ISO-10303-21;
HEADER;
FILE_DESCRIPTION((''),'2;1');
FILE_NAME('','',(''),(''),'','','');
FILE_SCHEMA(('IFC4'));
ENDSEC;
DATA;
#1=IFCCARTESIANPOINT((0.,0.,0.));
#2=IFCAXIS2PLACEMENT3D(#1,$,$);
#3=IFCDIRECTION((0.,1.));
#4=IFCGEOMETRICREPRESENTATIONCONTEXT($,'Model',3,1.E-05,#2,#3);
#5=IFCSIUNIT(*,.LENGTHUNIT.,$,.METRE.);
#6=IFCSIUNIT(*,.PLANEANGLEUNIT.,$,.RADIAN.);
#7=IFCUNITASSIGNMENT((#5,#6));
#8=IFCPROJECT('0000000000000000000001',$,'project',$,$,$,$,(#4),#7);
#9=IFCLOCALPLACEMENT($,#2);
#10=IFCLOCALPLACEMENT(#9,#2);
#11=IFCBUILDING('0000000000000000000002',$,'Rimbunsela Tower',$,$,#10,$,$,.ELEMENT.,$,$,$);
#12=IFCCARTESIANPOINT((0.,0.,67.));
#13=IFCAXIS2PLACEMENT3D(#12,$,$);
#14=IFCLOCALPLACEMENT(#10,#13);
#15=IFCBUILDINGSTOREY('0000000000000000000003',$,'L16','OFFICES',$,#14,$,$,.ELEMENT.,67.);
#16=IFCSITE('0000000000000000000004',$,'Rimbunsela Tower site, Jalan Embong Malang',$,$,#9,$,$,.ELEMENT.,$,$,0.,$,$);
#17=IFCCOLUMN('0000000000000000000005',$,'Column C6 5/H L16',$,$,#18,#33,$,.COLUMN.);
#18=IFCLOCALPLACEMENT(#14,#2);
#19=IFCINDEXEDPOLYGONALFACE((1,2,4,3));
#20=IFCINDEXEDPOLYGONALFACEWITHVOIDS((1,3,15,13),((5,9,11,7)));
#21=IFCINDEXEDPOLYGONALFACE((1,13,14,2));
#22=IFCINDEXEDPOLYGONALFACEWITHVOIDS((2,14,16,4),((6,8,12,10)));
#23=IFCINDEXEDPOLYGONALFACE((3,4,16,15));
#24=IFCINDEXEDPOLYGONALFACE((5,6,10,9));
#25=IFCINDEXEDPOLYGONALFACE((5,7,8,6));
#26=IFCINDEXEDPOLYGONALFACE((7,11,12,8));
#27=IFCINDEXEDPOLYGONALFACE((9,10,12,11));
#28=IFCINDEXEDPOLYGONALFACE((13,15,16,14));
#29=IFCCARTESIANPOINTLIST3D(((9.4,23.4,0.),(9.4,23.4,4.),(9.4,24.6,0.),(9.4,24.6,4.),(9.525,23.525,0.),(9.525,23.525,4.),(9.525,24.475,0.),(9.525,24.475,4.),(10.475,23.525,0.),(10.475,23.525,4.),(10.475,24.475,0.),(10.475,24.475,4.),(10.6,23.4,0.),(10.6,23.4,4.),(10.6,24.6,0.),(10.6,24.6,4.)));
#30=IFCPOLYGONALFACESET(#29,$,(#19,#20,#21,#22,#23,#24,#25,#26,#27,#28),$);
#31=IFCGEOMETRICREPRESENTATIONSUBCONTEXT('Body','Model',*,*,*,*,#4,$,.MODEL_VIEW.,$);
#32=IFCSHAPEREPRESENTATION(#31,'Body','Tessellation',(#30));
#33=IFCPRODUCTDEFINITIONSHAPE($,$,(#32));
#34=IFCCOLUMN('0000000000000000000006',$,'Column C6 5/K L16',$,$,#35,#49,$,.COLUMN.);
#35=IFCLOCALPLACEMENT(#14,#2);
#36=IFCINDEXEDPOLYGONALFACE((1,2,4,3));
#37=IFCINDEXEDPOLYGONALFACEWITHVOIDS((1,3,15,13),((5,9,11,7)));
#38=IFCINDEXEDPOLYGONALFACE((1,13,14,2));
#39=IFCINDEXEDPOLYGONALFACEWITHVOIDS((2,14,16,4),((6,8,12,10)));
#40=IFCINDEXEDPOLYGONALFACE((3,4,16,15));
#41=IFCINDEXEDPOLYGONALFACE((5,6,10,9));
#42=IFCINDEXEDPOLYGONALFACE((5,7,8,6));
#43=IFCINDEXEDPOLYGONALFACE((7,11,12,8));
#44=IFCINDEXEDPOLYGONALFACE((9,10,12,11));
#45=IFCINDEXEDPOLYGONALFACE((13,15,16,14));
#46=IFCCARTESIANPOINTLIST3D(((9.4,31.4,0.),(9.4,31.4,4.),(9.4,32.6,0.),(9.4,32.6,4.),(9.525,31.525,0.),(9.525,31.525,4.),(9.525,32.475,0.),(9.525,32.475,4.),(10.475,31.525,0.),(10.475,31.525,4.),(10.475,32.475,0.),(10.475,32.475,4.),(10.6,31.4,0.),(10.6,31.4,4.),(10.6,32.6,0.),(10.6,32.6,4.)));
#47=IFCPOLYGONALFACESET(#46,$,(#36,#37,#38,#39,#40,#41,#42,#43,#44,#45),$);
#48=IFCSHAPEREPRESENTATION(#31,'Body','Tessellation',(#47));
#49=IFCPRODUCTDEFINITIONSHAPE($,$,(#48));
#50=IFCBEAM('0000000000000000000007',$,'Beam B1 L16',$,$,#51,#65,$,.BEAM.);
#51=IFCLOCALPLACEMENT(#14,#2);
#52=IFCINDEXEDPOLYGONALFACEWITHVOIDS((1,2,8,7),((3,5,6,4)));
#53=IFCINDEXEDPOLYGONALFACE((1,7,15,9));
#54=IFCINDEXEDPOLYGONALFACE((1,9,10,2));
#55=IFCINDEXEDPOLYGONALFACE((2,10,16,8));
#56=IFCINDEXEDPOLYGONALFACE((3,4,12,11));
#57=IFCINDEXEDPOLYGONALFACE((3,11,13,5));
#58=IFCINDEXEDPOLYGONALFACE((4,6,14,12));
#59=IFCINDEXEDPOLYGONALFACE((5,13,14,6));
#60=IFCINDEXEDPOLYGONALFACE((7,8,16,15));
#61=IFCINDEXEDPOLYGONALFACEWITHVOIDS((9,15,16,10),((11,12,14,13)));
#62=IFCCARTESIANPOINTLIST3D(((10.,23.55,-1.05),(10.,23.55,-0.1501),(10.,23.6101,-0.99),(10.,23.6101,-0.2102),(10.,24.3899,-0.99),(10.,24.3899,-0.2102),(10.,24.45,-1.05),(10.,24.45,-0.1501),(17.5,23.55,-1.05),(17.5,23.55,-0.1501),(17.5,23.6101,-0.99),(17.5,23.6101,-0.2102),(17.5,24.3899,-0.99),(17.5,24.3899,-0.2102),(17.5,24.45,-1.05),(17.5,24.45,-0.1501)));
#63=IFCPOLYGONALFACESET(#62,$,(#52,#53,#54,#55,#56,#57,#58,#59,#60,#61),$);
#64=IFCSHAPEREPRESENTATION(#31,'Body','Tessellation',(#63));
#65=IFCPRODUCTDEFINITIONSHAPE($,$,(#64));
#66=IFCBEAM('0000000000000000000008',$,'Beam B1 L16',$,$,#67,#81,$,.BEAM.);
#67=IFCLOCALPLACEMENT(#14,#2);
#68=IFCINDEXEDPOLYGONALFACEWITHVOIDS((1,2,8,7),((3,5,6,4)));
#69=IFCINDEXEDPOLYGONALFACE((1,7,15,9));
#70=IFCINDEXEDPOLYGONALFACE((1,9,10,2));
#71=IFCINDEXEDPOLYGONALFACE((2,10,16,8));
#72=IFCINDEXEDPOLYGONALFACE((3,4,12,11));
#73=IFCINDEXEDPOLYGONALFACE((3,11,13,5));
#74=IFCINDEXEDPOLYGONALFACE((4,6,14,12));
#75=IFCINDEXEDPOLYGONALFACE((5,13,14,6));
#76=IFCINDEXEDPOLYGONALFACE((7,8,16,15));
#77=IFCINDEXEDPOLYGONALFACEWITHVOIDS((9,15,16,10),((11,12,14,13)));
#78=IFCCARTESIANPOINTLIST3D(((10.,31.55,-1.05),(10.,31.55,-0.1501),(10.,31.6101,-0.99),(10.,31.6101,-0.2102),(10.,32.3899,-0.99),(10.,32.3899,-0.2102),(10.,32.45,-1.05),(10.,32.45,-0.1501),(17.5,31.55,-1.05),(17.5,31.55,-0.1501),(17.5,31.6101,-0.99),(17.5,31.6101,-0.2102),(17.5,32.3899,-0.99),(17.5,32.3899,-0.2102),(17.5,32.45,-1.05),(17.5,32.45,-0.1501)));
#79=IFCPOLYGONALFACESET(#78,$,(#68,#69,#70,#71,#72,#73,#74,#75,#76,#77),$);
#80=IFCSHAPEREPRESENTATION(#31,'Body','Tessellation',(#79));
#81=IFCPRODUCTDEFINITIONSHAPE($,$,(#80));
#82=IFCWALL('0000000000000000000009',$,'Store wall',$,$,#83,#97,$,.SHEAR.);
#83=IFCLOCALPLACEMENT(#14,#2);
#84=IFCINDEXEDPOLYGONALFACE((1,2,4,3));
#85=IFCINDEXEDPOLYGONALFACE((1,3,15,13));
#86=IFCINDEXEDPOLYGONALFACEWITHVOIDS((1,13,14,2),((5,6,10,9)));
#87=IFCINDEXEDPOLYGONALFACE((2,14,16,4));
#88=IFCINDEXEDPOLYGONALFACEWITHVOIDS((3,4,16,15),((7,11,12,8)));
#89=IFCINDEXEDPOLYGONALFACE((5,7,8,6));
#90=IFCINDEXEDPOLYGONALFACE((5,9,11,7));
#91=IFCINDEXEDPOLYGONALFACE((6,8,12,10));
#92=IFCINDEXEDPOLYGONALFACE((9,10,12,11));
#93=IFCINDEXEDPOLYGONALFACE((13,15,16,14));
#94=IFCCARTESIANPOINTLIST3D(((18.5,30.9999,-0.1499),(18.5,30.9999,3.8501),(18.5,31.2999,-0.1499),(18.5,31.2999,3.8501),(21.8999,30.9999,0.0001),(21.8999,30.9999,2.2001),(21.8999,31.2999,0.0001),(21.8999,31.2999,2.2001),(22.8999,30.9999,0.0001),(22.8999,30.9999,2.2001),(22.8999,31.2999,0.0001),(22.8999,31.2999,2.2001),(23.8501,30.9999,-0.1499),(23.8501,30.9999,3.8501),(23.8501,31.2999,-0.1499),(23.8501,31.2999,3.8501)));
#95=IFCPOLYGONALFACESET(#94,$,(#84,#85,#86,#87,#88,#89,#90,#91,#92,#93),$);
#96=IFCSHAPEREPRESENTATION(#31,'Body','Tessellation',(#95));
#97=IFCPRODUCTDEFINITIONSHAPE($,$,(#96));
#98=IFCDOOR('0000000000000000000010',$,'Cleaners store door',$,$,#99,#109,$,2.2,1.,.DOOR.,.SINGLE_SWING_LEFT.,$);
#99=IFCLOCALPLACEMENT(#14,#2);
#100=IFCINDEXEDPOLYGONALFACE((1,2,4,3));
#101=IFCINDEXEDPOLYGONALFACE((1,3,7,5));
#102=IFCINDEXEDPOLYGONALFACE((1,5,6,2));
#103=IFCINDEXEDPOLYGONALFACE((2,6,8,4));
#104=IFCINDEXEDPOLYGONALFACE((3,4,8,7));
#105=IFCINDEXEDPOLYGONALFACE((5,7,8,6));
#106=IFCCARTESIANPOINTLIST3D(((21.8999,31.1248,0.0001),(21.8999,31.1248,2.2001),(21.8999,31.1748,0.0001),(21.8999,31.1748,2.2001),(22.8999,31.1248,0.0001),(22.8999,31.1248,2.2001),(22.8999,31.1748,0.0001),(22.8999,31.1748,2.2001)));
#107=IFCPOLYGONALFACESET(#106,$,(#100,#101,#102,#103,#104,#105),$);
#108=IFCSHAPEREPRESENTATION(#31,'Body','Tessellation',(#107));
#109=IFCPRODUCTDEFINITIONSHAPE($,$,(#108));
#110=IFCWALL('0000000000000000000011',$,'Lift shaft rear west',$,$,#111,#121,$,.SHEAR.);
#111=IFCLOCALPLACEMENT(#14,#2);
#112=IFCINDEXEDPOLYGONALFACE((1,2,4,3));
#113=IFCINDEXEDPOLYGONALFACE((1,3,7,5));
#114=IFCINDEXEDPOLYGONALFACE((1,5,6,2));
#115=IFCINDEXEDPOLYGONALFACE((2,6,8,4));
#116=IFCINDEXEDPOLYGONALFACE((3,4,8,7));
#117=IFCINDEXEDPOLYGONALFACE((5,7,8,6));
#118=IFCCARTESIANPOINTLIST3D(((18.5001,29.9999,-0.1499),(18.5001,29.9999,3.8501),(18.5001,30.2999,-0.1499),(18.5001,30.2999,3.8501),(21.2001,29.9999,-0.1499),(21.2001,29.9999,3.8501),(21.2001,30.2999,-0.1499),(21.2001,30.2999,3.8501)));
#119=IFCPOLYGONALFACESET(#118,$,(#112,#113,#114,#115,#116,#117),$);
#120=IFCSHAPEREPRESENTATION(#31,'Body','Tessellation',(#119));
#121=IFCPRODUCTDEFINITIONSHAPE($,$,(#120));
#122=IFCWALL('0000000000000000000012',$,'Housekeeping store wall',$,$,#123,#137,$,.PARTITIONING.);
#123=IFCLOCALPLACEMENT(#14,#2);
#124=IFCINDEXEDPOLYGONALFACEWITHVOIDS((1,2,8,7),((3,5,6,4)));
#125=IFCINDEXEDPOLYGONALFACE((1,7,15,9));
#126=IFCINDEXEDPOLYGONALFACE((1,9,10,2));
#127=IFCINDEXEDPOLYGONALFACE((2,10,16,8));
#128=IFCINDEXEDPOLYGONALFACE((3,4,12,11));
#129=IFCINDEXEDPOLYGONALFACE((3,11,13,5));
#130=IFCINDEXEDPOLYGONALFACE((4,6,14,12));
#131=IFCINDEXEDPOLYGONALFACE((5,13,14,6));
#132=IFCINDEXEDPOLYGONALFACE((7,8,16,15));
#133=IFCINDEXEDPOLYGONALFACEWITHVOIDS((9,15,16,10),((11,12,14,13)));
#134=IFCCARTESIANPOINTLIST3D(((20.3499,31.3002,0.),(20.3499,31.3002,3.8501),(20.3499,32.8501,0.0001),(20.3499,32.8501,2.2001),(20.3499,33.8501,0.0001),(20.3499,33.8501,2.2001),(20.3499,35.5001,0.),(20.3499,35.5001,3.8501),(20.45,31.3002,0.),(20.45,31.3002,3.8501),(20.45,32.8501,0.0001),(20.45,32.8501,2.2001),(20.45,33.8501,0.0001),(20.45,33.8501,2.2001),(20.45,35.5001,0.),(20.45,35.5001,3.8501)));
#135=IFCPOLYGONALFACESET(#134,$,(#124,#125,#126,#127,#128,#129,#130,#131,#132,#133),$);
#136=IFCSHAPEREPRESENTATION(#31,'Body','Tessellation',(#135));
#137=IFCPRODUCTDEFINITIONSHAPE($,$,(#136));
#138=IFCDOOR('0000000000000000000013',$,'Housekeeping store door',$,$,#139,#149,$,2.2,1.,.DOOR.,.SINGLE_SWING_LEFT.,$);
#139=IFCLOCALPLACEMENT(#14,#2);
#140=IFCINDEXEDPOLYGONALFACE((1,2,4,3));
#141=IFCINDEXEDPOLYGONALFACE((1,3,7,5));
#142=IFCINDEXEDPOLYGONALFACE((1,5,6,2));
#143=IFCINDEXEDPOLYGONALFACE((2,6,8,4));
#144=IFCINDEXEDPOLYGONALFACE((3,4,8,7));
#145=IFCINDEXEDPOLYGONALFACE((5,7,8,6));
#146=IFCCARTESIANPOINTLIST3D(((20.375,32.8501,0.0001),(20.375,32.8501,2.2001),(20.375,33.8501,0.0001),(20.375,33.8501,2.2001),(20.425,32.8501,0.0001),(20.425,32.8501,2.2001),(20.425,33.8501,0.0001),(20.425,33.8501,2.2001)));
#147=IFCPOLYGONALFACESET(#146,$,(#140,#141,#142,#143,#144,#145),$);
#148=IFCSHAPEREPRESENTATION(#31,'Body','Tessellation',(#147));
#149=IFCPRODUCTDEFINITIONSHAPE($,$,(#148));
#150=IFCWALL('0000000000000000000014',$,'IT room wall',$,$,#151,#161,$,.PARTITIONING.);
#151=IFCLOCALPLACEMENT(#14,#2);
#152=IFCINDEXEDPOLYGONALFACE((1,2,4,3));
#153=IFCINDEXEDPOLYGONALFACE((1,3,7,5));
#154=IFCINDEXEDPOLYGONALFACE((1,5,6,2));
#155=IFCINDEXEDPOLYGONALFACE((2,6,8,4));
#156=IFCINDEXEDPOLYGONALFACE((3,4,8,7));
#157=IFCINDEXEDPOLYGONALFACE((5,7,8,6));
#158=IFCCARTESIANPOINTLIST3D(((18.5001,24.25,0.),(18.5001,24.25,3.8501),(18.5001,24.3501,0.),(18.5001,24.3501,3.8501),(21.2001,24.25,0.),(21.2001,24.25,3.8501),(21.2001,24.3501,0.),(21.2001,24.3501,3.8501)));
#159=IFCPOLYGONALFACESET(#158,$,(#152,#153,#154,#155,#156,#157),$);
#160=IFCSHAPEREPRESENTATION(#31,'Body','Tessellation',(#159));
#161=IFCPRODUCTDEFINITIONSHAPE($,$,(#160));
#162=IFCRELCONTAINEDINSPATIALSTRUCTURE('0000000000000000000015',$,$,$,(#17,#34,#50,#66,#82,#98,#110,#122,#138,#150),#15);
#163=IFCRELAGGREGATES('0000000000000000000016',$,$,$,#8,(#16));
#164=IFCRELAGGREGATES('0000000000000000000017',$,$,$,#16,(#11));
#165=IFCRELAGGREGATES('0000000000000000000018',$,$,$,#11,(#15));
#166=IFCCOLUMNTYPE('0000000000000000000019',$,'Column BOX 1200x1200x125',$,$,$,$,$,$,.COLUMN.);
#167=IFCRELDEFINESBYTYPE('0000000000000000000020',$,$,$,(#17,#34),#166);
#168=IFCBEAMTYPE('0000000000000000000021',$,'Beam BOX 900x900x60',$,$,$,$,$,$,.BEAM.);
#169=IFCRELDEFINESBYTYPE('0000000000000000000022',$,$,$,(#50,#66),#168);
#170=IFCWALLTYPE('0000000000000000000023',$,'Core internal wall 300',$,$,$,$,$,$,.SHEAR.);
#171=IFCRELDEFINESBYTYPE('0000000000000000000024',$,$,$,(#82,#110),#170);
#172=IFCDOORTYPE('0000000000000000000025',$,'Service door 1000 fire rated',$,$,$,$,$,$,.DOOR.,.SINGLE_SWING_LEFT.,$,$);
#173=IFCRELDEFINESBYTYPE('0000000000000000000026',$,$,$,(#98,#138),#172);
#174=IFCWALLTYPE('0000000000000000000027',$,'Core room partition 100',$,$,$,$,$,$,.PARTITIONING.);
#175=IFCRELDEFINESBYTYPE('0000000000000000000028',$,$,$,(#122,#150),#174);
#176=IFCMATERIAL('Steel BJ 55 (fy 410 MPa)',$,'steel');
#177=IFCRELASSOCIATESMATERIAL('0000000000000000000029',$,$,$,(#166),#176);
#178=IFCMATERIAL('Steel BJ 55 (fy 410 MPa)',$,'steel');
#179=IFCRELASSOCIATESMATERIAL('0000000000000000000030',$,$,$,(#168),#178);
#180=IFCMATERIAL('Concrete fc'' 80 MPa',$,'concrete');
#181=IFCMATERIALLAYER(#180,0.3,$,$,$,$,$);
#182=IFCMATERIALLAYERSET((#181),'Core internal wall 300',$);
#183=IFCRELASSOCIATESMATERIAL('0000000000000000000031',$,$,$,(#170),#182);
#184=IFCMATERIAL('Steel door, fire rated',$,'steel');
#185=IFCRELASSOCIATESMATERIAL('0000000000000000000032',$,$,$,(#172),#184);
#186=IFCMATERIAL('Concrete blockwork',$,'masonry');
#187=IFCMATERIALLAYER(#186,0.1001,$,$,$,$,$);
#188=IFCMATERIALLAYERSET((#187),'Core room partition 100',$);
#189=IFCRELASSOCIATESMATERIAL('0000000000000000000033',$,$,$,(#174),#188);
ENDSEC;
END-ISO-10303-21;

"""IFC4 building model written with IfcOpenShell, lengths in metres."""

from ifc_helpers import new_model, si_unit, direction, frame, frame_2d, origin, origin_2d, place, context, subcontext, project, spatial, rectangle, hollow_rectangle, extrude, material, layer, layer_set, material_profile, profile_set, type_object, element, fill, save


model = new_model("IFC4")

# Units and contexts
model_context = context("Model", 3, precision=1e-05, world=origin(), true_north=direction((0.0, 1.0)))
body_context = subcontext(model_context, "Body", "Model", "MODEL_VIEW")
ifc_project = project(units=[si_unit("LENGTHUNIT", "METRE"), si_unit("PLANEANGLEUNIT", "RADIAN")], contexts=[model_context])

# Site, building, storey
site_placement = place(None, origin())
site = spatial("IfcSite", under=ifc_project, at=site_placement, Name="Rimbunsela Tower site, Jalan Embong Malang", CompositionType="ELEMENT", RefElevation=0.0)
building_placement = place(site_placement, origin())
building = spatial("IfcBuilding", under=site, at=building_placement, Name="Rimbunsela Tower", CompositionType="ELEMENT")
storey_placement = place(building_placement, frame((0.0, 0.0, 67.0)))
storey = spatial("IfcBuildingStorey", under=building, at=storey_placement, Name="L16", Description="OFFICES", CompositionType="ELEMENT", Elevation=67.0)

# Columns
ifc_material_1 = material(Name="Steel BJ 55 (fy 410 MPa)", Category="steel")
ifc_material_profile_1 = material_profile(ifc_material_1, hollow_rectangle(XDim=1.2, YDim=1.2, WallThickness=0.125, at=origin_2d()), Name="BOX 1200x1200x125")
ifc_profile_set_1 = profile_set([ifc_material_profile_1], Name="Steel BJ 55 (fy 410 MPa)")
column_type = type_object("IfcColumnType", Name="Column BOX 1200x1200x125", PredefinedType="COLUMN", material=ifc_profile_set_1)
for number, where, z_axis, x_axis, name in (
    (1, (10.0, 24.0, 0.0), (0.0, 0.0, 1.0), (1.0, 0.0, 0.0), "Column C6 5/H L16"),
    (2, (10.0, 32.0, 0.0), (0.0, 0.0, 1.0), (1.0, 0.0, 0.0), "Column C6 5/K L16"),
):
    element("IfcColumn", number, at=place(storey_placement, frame(where, z_axis=z_axis, x_axis=x_axis)), inside=storey, type_object=column_type, Name=name, PredefinedType="COLUMN", context=body_context, shape_type="SweptSolid", body=[
        extrude(hollow_rectangle(XDim=1.2, YDim=1.2, WallThickness=0.125, at=origin_2d()), origin(), (0.0, 0.0, 1.0), 4.0),
    ])

# Beams
ifc_material_2 = material(Name="Steel BJ 55 (fy 410 MPa)", Category="steel")
ifc_material_profile_2 = material_profile(ifc_material_2, hollow_rectangle(XDim=0.8999, YDim=0.8999, WallThickness=0.0601, at=origin_2d()), Name="BOX 900x900x60")
ifc_profile_set_2 = profile_set([ifc_material_profile_2], Name="Steel BJ 55 (fy 410 MPa)")
beam_type = type_object("IfcBeamType", Name="Beam BOX 900x900x60", PredefinedType="BEAM", material=ifc_profile_set_2)
for number, where, z_axis, x_axis, name in (
    (3, (10.0, 24.0, -0.6001), (1.0, 0.0, 0.0), (0.0, 1.0, 0.0), "Beam B1 L16"),
    (4, (10.0, 32.0, -0.6001), (1.0, 0.0, 0.0), (0.0, 1.0, 0.0), "Beam B1 L16"),
):
    element("IfcBeam", number, at=place(storey_placement, frame(where, z_axis=z_axis, x_axis=x_axis)), inside=storey, type_object=beam_type, Name=name, PredefinedType="BEAM", context=body_context, shape_type="SweptSolid", body=[
        extrude(hollow_rectangle(XDim=0.8999, YDim=0.8999, WallThickness=0.0601, at=origin_2d()), origin(), (0.0, 0.0, 1.0), 7.5),
    ])

# Wall, opening, door
ifc_material_3 = material(Name="Concrete fc' 80 MPa", Category="concrete")
ifc_layer_1 = layer(ifc_material_3, 0.3)
ifc_layer_set_1 = layer_set([ifc_layer_1], Name="Core internal wall 300")
wall_type_1 = type_object("IfcWallType", Name="Core internal wall 300", PredefinedType="SHEAR", material=ifc_layer_set_1)
wall_1_placement = place(storey_placement, frame((18.5, 31.1499, -0.1499), z_axis=(0.0, 0.0, 1.0), x_axis=(1.0, 0.0, 0.0)))
wall_1 = element("IfcWall", 5, at=wall_1_placement, inside=storey, type_object=wall_type_1, Name="Store wall", PredefinedType="SHEAR", context=body_context, shape_type="SweptSolid", body=[
    extrude(rectangle(XDim=5.3501, YDim=0.3, at=frame_2d((2.675, 0.0))), origin(), (0.0, 0.0, 1.0), 4.0),
])
opening_1_placement = place(wall_1_placement, frame((3.3999, 0.0, 0.1499)))
opening_1 = element("IfcOpeningElement", 6, at=opening_1_placement, cuts=wall_1, PredefinedType="OPENING", context=body_context, shape_type="SweptSolid", body=[
    extrude(rectangle(XDim=1.0, YDim=2.2, at=frame_2d((0.5, 1.1001))), frame((0.0, 0.1599, 0.0), z_axis=(0.0, -1.0, 0.0), x_axis=(1.0, 0.0, 0.0)), (0.0, 0.0, 1.0), 0.3201),
])
ifc_material_4 = material(Name="Steel door, fire rated", Category="steel")
door_type_1 = type_object("IfcDoorType", Name="Service door 1000 fire rated", OperationType="SINGLE_SWING_LEFT", PredefinedType="DOOR", material=ifc_material_4)
door_1_placement = place(opening_1_placement, origin())
door_1 = element("IfcDoor", 7, at=door_1_placement, inside=storey, type_object=door_type_1, Name="Cleaners store door", OperationType="SINGLE_SWING_LEFT", OverallHeight=2.2, OverallWidth=1.0, PredefinedType="DOOR", context=body_context, shape_type="SweptSolid", body=[
    extrude(rectangle(XDim=1.0, YDim=2.2, at=frame_2d((0.5, 1.1001))), frame((0.0, 0.0249, 0.0), z_axis=(0.0, -1.0, 0.0), x_axis=(1.0, 0.0, 0.0)), (0.0, 0.0, 1.0), 0.05),
])
fill(opening_1, door_1)

# Wall
wall_2_placement = place(storey_placement, frame((18.5, 30.1499, -0.1499), z_axis=(0.0, 0.0, 1.0), x_axis=(1.0, 0.0, 0.0)))
element("IfcWall", 8, at=wall_2_placement, inside=storey, type_object=wall_type_1, Name="Lift shaft rear west", PredefinedType="SHEAR", context=body_context, shape_type="SweptSolid", body=[
    extrude(rectangle(XDim=2.7, YDim=0.3, at=frame_2d((1.3501, 0.0))), origin(), (0.0, 0.0, 1.0), 4.0),
])

# Wall, opening, door
ifc_material_5 = material(Name="Concrete blockwork", Category="masonry")
ifc_layer_2 = layer(ifc_material_5, 0.1001)
ifc_layer_set_2 = layer_set([ifc_layer_2], Name="Core room partition 100")
wall_type_2 = type_object("IfcWallType", Name="Core room partition 100", PredefinedType="PARTITIONING", material=ifc_layer_set_2)
wall_3_placement = place(storey_placement, frame((20.3999, 31.3, 0.0), z_axis=(0.0, 0.0, 1.0), x_axis=(0.0, 1.0, 0.0)))
wall_3 = element("IfcWall", 9, at=wall_3_placement, inside=storey, type_object=wall_type_2, Name="Housekeeping store wall", PredefinedType="PARTITIONING", context=body_context, shape_type="SweptSolid", body=[
    extrude(rectangle(XDim=4.2, YDim=0.1001, at=frame_2d((2.1001, 0.0))), origin(), (0.0, 0.0, 1.0), 3.8501),
])
opening_2_placement = place(wall_3_placement, frame((1.55, 0.0, 0.0)))
opening_2 = element("IfcOpeningElement", 10, at=opening_2_placement, cuts=wall_3, PredefinedType="OPENING", context=body_context, shape_type="SweptSolid", body=[
    extrude(rectangle(XDim=1.0, YDim=2.2, at=frame_2d((0.5, 1.1001))), frame((0.0, 0.0601, 0.0), z_axis=(0.0, -1.0, 0.0), x_axis=(1.0, 0.0, 0.0)), (0.0, 0.0, 1.0), 0.1201),
])
door_2_placement = place(opening_2_placement, origin())
door_2 = element("IfcDoor", 11, at=door_2_placement, inside=storey, type_object=door_type_1, Name="Housekeeping store door", OperationType="SINGLE_SWING_LEFT", OverallHeight=2.2, OverallWidth=1.0, PredefinedType="DOOR", context=body_context, shape_type="SweptSolid", body=[
    extrude(rectangle(XDim=1.0, YDim=2.2, at=frame_2d((0.5, 1.1001))), frame((0.0, 0.0249, 0.0), z_axis=(0.0, -1.0, 0.0), x_axis=(1.0, 0.0, 0.0)), (0.0, 0.0, 1.0), 0.05),
])
fill(opening_2, door_2)

# Wall
wall_4_placement = place(storey_placement, frame((18.5, 24.3, 0.0), z_axis=(0.0, 0.0, 1.0), x_axis=(1.0, 0.0, 0.0)))
element("IfcWall", 12, at=wall_4_placement, inside=storey, type_object=wall_type_2, Name="IT room wall", PredefinedType="PARTITIONING", context=body_context, shape_type="SweptSolid", body=[
    extrude(rectangle(XDim=2.7, YDim=0.1001, at=frame_2d((1.3501, 0.0))), origin(), (0.0, 0.0, 1.0), 3.8501),
])

save(model, "model.ifc")
